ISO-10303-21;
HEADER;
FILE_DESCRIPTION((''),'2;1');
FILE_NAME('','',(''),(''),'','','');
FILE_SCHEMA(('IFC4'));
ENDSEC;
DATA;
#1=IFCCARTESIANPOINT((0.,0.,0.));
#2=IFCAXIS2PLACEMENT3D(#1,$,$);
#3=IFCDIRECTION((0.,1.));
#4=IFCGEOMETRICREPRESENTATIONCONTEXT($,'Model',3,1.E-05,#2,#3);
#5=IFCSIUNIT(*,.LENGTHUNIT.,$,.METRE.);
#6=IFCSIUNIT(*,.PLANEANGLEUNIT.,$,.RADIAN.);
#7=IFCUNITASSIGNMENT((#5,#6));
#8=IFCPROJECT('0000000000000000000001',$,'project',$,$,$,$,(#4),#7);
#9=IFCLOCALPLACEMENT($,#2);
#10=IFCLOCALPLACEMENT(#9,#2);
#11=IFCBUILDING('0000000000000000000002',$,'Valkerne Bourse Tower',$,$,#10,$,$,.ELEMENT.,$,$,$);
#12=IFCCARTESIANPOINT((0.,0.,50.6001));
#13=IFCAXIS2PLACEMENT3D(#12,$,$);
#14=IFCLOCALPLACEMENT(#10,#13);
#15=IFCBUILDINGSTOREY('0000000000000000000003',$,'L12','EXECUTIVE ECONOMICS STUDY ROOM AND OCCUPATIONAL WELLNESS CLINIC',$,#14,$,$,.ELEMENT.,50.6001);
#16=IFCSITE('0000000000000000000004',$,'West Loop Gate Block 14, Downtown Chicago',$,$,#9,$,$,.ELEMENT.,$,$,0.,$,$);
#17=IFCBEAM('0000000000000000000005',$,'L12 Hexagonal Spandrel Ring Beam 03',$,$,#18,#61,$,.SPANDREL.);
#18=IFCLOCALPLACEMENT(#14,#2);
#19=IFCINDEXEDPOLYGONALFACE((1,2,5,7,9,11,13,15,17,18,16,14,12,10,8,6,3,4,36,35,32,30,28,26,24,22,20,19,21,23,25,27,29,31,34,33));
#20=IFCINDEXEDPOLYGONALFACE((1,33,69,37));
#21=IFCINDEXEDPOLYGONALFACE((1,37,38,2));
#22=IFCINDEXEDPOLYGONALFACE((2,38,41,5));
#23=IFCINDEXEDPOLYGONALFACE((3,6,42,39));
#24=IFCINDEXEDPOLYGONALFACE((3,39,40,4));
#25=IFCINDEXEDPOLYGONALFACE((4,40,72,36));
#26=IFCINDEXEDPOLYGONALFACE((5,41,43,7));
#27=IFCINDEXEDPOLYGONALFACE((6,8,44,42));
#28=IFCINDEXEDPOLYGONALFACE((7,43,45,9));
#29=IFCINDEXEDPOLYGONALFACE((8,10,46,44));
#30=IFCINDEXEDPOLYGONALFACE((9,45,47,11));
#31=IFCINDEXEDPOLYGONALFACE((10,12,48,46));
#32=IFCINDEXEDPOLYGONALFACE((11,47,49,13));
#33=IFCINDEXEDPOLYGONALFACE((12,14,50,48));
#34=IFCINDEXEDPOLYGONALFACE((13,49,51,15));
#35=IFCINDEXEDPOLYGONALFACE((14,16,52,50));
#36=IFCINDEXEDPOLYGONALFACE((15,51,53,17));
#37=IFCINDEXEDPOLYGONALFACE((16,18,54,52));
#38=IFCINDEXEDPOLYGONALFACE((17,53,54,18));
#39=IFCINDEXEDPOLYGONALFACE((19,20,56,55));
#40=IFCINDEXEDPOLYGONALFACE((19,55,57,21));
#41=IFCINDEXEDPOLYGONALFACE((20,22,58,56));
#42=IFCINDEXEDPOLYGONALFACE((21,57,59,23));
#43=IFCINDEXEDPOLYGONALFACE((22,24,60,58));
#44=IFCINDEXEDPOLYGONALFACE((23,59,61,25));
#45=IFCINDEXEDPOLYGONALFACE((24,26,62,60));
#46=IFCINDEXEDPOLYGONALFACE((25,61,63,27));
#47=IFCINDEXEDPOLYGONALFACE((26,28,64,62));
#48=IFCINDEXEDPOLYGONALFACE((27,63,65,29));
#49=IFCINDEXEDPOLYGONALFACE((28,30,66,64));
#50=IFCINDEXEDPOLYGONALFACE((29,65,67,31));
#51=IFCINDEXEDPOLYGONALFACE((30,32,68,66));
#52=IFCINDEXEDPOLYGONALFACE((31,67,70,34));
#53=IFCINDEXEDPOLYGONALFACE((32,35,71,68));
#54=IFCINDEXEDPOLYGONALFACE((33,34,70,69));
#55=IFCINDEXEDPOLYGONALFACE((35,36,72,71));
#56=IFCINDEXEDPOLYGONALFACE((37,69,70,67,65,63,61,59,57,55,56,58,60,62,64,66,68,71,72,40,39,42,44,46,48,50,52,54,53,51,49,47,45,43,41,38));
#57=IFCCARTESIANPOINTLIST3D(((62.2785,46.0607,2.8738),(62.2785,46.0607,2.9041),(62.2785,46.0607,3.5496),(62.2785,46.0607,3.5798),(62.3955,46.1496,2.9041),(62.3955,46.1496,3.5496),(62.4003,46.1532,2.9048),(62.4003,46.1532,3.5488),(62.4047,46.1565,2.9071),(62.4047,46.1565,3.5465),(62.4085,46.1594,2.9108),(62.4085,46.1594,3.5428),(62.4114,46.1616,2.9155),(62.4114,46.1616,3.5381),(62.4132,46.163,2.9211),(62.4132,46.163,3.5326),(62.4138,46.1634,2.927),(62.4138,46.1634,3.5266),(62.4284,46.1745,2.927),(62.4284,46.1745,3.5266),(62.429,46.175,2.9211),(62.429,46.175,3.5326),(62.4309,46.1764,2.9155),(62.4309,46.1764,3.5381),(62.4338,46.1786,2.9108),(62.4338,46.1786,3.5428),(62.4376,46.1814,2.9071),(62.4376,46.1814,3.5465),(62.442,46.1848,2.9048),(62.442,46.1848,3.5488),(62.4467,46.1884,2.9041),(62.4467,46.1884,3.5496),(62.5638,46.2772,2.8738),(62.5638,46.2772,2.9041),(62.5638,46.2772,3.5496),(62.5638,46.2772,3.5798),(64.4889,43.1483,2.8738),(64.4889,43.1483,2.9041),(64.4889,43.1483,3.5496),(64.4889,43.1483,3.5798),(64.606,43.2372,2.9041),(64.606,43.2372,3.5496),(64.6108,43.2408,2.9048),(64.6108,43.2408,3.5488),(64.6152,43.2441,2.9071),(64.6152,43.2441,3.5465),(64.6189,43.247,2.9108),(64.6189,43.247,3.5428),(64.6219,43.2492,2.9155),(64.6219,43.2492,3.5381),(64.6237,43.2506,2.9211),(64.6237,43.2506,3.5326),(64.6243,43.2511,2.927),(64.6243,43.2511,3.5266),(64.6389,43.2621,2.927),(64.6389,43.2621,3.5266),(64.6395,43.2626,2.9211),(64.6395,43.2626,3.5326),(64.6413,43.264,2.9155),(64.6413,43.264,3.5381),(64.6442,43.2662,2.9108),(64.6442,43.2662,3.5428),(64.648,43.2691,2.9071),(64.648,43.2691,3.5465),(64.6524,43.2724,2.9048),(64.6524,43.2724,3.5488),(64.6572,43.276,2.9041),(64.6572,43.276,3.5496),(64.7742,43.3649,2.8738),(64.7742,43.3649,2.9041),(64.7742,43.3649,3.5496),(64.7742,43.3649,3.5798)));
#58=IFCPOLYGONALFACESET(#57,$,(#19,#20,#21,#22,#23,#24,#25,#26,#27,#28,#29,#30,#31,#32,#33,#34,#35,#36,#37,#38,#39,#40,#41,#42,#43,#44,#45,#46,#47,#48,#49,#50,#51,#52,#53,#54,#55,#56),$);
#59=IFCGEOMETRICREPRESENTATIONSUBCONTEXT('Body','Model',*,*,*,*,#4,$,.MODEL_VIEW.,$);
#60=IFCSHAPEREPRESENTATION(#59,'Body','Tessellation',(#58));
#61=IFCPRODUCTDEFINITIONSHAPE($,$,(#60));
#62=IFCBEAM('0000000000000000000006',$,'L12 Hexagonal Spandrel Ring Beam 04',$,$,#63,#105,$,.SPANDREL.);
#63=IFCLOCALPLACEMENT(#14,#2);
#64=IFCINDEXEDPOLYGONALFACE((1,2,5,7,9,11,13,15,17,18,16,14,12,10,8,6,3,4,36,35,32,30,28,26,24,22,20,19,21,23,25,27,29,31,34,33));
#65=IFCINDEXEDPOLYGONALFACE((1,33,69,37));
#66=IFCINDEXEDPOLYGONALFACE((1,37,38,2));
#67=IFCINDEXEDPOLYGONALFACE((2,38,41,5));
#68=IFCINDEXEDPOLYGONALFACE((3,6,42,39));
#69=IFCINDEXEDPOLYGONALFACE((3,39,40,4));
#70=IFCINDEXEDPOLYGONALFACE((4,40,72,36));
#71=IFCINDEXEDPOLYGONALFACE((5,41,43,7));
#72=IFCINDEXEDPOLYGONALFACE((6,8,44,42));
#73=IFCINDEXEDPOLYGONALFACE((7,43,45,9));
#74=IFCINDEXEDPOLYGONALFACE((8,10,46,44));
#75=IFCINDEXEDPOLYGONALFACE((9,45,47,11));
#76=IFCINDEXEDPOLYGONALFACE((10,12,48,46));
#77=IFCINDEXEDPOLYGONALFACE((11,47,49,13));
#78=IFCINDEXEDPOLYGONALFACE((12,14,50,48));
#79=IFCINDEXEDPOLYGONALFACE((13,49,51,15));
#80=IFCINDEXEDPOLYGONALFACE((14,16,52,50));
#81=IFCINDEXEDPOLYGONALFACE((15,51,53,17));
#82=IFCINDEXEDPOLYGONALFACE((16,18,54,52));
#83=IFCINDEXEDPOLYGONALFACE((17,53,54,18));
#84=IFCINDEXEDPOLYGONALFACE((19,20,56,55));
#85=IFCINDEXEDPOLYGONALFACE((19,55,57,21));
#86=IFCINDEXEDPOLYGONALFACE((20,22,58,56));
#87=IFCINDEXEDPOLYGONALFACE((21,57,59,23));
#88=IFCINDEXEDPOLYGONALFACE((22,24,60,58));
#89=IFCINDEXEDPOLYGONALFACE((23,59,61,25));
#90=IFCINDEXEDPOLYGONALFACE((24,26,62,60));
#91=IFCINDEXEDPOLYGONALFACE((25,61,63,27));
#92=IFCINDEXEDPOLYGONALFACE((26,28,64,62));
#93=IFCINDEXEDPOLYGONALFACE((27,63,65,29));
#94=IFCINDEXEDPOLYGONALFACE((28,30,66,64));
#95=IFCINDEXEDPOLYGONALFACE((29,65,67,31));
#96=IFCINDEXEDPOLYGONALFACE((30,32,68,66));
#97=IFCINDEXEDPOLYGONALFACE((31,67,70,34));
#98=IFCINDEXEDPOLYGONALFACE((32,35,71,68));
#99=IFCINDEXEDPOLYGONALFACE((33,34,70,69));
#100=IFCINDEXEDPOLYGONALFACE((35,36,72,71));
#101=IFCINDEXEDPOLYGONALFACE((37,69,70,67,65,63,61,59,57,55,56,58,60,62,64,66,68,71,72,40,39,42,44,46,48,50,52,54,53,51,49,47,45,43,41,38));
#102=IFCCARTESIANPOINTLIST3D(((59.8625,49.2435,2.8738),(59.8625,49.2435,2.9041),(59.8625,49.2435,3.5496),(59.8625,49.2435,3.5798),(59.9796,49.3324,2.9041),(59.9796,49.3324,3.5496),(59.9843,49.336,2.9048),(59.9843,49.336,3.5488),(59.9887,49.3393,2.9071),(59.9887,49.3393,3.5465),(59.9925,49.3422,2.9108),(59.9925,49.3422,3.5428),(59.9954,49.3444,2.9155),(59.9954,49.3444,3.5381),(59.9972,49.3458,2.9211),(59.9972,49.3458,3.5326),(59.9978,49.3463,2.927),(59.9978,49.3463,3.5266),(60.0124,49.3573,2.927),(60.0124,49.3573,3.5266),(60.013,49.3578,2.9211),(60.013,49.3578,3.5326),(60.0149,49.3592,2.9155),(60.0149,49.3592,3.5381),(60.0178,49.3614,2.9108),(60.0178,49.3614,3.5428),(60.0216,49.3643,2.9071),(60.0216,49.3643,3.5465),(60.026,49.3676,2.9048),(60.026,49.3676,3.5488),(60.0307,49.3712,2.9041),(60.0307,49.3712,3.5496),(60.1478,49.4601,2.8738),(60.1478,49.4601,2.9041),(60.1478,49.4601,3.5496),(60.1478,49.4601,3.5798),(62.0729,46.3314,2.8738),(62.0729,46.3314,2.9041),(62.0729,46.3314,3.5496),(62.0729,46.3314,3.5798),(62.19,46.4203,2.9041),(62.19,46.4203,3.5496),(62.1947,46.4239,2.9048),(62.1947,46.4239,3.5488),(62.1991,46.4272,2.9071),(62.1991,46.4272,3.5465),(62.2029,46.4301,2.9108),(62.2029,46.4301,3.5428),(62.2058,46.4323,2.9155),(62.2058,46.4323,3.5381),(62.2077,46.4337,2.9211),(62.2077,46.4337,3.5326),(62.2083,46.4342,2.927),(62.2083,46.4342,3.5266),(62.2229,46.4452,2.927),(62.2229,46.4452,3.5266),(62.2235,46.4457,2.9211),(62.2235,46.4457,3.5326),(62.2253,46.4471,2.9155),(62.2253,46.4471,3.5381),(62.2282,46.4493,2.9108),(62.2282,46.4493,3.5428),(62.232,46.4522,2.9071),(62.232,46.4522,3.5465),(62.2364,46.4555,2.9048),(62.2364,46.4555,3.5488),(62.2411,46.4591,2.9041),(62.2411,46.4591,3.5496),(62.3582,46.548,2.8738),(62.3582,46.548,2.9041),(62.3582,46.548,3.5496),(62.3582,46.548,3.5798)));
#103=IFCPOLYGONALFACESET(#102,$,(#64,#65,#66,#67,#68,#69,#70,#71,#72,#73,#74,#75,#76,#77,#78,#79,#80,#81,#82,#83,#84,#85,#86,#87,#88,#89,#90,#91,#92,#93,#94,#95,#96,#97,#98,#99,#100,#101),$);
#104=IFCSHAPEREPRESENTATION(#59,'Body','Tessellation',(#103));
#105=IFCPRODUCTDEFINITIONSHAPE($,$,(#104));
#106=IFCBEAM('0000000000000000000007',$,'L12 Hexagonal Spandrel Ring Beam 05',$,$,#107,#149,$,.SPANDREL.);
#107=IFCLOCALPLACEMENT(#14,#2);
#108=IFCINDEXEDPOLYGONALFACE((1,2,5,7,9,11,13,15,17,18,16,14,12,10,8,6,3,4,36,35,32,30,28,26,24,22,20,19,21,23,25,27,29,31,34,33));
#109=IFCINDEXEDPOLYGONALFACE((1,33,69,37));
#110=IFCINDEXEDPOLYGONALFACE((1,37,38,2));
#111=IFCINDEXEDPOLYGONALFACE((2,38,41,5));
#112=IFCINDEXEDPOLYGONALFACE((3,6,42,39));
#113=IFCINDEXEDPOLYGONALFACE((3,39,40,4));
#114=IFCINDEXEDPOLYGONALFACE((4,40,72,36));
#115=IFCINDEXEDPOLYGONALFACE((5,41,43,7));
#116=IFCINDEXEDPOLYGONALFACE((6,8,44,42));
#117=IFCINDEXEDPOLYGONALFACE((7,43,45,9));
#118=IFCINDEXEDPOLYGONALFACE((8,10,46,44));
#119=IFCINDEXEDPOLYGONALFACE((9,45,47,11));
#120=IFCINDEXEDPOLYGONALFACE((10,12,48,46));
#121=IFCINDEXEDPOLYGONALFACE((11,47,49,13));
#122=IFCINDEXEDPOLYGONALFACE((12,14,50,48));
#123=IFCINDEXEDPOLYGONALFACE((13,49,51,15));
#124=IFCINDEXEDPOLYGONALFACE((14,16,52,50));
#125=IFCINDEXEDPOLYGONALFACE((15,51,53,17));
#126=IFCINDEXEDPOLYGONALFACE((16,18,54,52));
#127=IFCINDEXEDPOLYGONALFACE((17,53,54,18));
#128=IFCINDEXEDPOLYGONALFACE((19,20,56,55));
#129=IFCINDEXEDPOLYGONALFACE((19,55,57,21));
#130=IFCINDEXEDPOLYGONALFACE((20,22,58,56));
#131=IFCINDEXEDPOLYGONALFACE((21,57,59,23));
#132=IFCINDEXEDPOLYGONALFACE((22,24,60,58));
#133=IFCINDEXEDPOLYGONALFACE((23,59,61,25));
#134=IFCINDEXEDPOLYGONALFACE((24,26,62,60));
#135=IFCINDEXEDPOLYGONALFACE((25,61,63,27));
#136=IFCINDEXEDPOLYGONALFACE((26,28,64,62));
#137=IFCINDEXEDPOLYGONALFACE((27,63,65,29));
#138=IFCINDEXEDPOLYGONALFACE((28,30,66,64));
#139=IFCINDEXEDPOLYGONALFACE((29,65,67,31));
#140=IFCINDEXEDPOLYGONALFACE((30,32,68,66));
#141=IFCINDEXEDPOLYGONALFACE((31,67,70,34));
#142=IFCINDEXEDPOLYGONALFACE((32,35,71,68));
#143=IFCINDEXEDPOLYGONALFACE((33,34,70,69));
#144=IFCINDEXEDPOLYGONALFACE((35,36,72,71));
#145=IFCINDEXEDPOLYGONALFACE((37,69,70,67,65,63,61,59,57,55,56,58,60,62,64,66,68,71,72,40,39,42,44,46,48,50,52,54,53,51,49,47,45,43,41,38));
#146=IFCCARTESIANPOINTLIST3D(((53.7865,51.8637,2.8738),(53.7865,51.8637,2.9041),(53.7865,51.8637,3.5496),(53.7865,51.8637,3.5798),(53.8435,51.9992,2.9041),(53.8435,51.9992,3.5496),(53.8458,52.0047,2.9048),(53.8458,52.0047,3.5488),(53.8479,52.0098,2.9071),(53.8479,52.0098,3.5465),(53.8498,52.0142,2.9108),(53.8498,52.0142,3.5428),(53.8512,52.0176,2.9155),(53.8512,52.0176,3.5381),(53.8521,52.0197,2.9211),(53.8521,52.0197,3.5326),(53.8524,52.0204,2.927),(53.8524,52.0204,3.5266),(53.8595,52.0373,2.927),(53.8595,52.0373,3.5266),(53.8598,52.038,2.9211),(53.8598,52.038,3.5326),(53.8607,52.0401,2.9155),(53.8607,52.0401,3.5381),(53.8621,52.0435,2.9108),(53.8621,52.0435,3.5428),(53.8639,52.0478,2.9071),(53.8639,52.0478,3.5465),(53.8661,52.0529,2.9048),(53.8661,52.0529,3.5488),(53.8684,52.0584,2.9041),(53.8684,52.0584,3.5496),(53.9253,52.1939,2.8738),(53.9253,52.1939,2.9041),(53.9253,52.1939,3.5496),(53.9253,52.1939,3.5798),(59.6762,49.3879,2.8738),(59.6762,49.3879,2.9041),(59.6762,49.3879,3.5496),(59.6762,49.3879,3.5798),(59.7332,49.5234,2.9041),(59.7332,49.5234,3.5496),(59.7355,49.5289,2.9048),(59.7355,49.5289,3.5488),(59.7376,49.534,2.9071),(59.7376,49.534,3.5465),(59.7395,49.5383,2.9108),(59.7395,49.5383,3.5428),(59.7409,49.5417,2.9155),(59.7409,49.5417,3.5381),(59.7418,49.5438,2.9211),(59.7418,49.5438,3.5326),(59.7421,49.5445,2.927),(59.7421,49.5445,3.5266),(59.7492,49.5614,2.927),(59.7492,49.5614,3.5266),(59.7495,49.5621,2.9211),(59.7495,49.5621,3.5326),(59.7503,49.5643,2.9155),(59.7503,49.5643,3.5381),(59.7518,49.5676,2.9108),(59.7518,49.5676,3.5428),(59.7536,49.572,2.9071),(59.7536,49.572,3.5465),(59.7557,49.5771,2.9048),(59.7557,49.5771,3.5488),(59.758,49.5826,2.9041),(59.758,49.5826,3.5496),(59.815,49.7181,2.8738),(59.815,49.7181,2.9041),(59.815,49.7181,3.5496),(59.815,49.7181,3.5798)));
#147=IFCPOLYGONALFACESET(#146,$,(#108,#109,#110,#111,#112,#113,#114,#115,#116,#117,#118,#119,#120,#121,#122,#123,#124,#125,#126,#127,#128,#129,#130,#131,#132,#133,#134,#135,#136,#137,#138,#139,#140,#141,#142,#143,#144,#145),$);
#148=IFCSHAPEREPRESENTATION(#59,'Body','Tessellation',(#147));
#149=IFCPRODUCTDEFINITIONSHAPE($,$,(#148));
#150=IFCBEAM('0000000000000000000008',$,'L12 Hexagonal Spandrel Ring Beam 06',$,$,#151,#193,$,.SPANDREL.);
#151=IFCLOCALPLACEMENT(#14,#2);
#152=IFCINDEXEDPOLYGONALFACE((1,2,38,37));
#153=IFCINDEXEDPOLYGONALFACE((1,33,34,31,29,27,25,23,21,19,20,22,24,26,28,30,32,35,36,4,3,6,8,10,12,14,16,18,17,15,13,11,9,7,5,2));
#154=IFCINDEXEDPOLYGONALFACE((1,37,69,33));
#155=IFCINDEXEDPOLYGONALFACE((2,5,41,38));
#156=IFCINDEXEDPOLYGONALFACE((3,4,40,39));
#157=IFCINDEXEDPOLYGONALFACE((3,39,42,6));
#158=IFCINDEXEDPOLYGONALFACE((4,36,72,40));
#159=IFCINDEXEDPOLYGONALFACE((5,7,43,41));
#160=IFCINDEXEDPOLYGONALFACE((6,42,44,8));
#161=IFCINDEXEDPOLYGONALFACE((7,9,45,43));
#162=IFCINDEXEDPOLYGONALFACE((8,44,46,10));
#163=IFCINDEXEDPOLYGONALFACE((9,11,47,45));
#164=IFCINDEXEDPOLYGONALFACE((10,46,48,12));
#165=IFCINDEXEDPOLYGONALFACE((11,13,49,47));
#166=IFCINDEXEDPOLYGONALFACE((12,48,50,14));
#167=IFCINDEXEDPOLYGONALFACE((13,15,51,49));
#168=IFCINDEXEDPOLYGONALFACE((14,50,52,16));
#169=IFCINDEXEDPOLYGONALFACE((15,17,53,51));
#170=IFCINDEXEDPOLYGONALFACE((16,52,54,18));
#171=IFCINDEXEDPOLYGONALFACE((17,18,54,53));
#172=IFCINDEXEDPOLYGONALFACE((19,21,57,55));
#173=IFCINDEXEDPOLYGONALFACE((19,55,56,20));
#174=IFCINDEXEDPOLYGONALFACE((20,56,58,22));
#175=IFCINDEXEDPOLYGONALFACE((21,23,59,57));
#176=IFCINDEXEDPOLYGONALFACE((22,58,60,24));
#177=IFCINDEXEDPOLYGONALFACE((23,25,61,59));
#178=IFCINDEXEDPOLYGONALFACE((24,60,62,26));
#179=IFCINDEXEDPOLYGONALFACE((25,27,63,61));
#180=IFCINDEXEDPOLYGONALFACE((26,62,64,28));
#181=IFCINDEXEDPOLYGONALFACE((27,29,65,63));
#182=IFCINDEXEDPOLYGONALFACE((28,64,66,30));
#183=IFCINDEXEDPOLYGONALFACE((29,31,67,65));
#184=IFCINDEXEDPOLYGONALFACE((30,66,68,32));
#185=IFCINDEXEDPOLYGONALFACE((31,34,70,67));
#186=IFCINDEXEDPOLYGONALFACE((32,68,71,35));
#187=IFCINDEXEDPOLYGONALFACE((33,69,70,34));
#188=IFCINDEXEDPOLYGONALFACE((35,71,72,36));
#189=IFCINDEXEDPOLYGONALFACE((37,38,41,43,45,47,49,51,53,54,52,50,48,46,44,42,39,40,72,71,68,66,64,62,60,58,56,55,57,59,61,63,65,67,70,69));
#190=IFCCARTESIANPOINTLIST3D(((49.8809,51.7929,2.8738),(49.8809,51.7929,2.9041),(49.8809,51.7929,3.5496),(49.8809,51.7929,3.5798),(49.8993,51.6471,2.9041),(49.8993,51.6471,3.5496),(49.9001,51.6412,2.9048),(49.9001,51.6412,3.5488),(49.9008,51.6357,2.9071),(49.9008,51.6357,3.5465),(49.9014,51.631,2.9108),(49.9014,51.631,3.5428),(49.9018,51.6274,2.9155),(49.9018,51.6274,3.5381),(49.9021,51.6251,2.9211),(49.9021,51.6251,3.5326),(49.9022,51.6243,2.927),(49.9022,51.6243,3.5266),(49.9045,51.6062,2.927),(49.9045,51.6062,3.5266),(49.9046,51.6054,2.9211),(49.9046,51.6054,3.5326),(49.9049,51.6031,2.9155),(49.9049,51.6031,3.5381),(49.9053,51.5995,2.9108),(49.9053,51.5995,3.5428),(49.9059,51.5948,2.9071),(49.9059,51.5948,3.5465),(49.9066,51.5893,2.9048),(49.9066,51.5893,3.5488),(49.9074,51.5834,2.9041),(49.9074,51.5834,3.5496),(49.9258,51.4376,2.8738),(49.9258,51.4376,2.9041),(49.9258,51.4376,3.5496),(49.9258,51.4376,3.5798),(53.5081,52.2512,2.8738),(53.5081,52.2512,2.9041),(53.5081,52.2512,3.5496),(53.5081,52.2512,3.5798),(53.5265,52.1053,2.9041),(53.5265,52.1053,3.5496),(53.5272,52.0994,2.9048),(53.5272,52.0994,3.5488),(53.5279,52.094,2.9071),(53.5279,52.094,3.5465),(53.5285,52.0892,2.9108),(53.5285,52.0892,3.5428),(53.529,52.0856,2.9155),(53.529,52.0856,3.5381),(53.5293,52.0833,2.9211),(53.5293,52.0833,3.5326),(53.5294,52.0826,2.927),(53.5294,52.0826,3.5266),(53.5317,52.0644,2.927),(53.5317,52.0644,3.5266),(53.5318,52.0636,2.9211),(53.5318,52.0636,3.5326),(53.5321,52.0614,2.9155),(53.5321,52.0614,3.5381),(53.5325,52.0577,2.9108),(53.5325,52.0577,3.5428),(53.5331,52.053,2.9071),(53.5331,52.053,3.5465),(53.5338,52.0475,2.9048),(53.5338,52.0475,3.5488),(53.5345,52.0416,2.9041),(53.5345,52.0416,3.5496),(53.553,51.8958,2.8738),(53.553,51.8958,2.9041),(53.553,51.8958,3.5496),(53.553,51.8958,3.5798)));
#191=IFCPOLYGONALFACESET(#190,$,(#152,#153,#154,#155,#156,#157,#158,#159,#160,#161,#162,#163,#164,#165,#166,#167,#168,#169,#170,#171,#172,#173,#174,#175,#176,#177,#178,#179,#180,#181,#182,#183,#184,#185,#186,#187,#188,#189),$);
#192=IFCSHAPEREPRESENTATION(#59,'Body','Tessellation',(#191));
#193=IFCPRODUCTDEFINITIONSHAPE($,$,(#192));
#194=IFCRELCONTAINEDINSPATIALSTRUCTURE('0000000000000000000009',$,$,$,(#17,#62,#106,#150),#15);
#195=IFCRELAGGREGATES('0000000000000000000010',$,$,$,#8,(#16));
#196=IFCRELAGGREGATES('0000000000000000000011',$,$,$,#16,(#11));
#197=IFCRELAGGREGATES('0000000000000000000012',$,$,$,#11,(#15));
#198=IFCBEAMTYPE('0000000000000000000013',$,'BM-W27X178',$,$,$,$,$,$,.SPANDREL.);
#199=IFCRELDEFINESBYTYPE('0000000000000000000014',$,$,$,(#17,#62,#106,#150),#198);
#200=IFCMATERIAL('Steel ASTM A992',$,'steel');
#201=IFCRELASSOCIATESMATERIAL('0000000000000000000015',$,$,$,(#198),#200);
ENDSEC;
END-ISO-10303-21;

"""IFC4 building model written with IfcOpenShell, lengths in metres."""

from ifc_helpers import new_model, si_unit, direction, frame, origin, origin_2d, place, context, subcontext, project, spatial, i_section, extrude, material, material_profile, profile_set, type_object, element, save


model = new_model("IFC4")

# Units and contexts
model_context = context("Model", 3, precision=1e-05, world=origin(), true_north=direction((0.0, 1.0)))
body_context = subcontext(model_context, "Body", "Model", "MODEL_VIEW")
ifc_project = project(units=[si_unit("LENGTHUNIT", "METRE"), si_unit("PLANEANGLEUNIT", "RADIAN")], contexts=[model_context])

# Site, building, storey
site_placement = place(None, origin())
site = spatial("IfcSite", under=ifc_project, at=site_placement, Name="West Loop Gate Block 14, Downtown Chicago", CompositionType="ELEMENT", RefElevation=0.0)
building_placement = place(site_placement, origin())
building = spatial("IfcBuilding", under=site, at=building_placement, Name="Valkerne Bourse Tower", CompositionType="ELEMENT")
storey_placement = place(building_placement, frame((0.0, 0.0, 50.6001)))
storey = spatial("IfcBuildingStorey", under=building, at=storey_placement, Name="L12", Description="EXECUTIVE ECONOMICS STUDY ROOM AND OCCUPATIONAL WELLNESS CLINIC", CompositionType="ELEMENT", Elevation=50.6001)

# Beams
ifc_material_1 = material(Name="Steel ASTM A992", Category="steel")
ifc_material_profile_1 = material_profile(ifc_material_1, i_section(OverallWidth=0.3582, OverallDepth=0.7061, WebThickness=0.0183, FlangeThickness=0.0303, FilletRadius=0.0229, at=origin_2d()), Name="W27X178")
ifc_profile_set_1 = profile_set([ifc_material_profile_1], Name="Steel ASTM A992")
beam_type = type_object("IfcBeamType", Name="BM-W27X178", PredefinedType="SPANDREL", material=ifc_profile_set_1)
beam_1_placement = place(storey_placement, frame((64.6316, 43.2566, 3.2268), z_axis=(-0.604574, 0.796549, 0.0), x_axis=(-0.796549, -0.604574, 0.0)))
element("IfcBeam", 1, at=beam_1_placement, inside=storey, type_object=beam_type, Name="L12 Hexagonal Spandrel Ring Beam 03", PredefinedType="SPANDREL", context=body_context, shape_type="SweptSolid", body=[
    extrude(i_section(OverallWidth=0.3582, OverallDepth=0.7061, WebThickness=0.0183, FlangeThickness=0.0303, FilletRadius=0.0229, at=origin_2d()), origin(), (0.0, 0.0, 1.0), 3.6562),
])
beam_2_placement = place(storey_placement, frame((62.2156, 46.4397, 3.2268), z_axis=(-0.604606, 0.796525, 0.0), x_axis=(-0.796525, -0.604606, 0.0)))
element("IfcBeam", 2, at=beam_2_placement, inside=storey, type_object=beam_type, Name="L12 Hexagonal Spandrel Ring Beam 04", PredefinedType="SPANDREL", context=body_context, shape_type="SweptSolid", body=[
    extrude(i_section(OverallWidth=0.3582, OverallDepth=0.7061, WebThickness=0.0183, FlangeThickness=0.0303, FilletRadius=0.0229, at=origin_2d()), origin(), (0.0, 0.0, 1.0), 3.656),
])
beam_3_placement = place(storey_placement, frame((59.7456, 49.553, 3.2268), z_axis=(-0.92186, 0.387522, 0.0), x_axis=(-0.387522, -0.92186, 0.0)))
element("IfcBeam", 3, at=beam_3_placement, inside=storey, type_object=beam_type, Name="L12 Hexagonal Spandrel Ring Beam 05", PredefinedType="SPANDREL", context=body_context, shape_type="SweptSolid", body=[
    extrude(i_section(OverallWidth=0.3582, OverallDepth=0.7061, WebThickness=0.0183, FlangeThickness=0.0303, FilletRadius=0.0229, at=origin_2d()), origin(), (0.0, 0.0, 1.0), 6.3889),
])
beam_4_placement = place(storey_placement, frame((53.5305, 52.0735, 3.2268), z_axis=(-0.992114, -0.125341, 0.0), x_axis=(0.125341, -0.992114, 0.0)))
element("IfcBeam", 4, at=beam_4_placement, inside=storey, type_object=beam_type, Name="L12 Hexagonal Spandrel Ring Beam 06", PredefinedType="SPANDREL", context=body_context, shape_type="SweptSolid", body=[
    extrude(i_section(OverallWidth=0.3582, OverallDepth=0.7061, WebThickness=0.0183, FlangeThickness=0.0303, FilletRadius=0.0229, at=origin_2d()), origin(), (0.0, 0.0, 1.0), 3.656),
])

save(model, "model.ifc")
